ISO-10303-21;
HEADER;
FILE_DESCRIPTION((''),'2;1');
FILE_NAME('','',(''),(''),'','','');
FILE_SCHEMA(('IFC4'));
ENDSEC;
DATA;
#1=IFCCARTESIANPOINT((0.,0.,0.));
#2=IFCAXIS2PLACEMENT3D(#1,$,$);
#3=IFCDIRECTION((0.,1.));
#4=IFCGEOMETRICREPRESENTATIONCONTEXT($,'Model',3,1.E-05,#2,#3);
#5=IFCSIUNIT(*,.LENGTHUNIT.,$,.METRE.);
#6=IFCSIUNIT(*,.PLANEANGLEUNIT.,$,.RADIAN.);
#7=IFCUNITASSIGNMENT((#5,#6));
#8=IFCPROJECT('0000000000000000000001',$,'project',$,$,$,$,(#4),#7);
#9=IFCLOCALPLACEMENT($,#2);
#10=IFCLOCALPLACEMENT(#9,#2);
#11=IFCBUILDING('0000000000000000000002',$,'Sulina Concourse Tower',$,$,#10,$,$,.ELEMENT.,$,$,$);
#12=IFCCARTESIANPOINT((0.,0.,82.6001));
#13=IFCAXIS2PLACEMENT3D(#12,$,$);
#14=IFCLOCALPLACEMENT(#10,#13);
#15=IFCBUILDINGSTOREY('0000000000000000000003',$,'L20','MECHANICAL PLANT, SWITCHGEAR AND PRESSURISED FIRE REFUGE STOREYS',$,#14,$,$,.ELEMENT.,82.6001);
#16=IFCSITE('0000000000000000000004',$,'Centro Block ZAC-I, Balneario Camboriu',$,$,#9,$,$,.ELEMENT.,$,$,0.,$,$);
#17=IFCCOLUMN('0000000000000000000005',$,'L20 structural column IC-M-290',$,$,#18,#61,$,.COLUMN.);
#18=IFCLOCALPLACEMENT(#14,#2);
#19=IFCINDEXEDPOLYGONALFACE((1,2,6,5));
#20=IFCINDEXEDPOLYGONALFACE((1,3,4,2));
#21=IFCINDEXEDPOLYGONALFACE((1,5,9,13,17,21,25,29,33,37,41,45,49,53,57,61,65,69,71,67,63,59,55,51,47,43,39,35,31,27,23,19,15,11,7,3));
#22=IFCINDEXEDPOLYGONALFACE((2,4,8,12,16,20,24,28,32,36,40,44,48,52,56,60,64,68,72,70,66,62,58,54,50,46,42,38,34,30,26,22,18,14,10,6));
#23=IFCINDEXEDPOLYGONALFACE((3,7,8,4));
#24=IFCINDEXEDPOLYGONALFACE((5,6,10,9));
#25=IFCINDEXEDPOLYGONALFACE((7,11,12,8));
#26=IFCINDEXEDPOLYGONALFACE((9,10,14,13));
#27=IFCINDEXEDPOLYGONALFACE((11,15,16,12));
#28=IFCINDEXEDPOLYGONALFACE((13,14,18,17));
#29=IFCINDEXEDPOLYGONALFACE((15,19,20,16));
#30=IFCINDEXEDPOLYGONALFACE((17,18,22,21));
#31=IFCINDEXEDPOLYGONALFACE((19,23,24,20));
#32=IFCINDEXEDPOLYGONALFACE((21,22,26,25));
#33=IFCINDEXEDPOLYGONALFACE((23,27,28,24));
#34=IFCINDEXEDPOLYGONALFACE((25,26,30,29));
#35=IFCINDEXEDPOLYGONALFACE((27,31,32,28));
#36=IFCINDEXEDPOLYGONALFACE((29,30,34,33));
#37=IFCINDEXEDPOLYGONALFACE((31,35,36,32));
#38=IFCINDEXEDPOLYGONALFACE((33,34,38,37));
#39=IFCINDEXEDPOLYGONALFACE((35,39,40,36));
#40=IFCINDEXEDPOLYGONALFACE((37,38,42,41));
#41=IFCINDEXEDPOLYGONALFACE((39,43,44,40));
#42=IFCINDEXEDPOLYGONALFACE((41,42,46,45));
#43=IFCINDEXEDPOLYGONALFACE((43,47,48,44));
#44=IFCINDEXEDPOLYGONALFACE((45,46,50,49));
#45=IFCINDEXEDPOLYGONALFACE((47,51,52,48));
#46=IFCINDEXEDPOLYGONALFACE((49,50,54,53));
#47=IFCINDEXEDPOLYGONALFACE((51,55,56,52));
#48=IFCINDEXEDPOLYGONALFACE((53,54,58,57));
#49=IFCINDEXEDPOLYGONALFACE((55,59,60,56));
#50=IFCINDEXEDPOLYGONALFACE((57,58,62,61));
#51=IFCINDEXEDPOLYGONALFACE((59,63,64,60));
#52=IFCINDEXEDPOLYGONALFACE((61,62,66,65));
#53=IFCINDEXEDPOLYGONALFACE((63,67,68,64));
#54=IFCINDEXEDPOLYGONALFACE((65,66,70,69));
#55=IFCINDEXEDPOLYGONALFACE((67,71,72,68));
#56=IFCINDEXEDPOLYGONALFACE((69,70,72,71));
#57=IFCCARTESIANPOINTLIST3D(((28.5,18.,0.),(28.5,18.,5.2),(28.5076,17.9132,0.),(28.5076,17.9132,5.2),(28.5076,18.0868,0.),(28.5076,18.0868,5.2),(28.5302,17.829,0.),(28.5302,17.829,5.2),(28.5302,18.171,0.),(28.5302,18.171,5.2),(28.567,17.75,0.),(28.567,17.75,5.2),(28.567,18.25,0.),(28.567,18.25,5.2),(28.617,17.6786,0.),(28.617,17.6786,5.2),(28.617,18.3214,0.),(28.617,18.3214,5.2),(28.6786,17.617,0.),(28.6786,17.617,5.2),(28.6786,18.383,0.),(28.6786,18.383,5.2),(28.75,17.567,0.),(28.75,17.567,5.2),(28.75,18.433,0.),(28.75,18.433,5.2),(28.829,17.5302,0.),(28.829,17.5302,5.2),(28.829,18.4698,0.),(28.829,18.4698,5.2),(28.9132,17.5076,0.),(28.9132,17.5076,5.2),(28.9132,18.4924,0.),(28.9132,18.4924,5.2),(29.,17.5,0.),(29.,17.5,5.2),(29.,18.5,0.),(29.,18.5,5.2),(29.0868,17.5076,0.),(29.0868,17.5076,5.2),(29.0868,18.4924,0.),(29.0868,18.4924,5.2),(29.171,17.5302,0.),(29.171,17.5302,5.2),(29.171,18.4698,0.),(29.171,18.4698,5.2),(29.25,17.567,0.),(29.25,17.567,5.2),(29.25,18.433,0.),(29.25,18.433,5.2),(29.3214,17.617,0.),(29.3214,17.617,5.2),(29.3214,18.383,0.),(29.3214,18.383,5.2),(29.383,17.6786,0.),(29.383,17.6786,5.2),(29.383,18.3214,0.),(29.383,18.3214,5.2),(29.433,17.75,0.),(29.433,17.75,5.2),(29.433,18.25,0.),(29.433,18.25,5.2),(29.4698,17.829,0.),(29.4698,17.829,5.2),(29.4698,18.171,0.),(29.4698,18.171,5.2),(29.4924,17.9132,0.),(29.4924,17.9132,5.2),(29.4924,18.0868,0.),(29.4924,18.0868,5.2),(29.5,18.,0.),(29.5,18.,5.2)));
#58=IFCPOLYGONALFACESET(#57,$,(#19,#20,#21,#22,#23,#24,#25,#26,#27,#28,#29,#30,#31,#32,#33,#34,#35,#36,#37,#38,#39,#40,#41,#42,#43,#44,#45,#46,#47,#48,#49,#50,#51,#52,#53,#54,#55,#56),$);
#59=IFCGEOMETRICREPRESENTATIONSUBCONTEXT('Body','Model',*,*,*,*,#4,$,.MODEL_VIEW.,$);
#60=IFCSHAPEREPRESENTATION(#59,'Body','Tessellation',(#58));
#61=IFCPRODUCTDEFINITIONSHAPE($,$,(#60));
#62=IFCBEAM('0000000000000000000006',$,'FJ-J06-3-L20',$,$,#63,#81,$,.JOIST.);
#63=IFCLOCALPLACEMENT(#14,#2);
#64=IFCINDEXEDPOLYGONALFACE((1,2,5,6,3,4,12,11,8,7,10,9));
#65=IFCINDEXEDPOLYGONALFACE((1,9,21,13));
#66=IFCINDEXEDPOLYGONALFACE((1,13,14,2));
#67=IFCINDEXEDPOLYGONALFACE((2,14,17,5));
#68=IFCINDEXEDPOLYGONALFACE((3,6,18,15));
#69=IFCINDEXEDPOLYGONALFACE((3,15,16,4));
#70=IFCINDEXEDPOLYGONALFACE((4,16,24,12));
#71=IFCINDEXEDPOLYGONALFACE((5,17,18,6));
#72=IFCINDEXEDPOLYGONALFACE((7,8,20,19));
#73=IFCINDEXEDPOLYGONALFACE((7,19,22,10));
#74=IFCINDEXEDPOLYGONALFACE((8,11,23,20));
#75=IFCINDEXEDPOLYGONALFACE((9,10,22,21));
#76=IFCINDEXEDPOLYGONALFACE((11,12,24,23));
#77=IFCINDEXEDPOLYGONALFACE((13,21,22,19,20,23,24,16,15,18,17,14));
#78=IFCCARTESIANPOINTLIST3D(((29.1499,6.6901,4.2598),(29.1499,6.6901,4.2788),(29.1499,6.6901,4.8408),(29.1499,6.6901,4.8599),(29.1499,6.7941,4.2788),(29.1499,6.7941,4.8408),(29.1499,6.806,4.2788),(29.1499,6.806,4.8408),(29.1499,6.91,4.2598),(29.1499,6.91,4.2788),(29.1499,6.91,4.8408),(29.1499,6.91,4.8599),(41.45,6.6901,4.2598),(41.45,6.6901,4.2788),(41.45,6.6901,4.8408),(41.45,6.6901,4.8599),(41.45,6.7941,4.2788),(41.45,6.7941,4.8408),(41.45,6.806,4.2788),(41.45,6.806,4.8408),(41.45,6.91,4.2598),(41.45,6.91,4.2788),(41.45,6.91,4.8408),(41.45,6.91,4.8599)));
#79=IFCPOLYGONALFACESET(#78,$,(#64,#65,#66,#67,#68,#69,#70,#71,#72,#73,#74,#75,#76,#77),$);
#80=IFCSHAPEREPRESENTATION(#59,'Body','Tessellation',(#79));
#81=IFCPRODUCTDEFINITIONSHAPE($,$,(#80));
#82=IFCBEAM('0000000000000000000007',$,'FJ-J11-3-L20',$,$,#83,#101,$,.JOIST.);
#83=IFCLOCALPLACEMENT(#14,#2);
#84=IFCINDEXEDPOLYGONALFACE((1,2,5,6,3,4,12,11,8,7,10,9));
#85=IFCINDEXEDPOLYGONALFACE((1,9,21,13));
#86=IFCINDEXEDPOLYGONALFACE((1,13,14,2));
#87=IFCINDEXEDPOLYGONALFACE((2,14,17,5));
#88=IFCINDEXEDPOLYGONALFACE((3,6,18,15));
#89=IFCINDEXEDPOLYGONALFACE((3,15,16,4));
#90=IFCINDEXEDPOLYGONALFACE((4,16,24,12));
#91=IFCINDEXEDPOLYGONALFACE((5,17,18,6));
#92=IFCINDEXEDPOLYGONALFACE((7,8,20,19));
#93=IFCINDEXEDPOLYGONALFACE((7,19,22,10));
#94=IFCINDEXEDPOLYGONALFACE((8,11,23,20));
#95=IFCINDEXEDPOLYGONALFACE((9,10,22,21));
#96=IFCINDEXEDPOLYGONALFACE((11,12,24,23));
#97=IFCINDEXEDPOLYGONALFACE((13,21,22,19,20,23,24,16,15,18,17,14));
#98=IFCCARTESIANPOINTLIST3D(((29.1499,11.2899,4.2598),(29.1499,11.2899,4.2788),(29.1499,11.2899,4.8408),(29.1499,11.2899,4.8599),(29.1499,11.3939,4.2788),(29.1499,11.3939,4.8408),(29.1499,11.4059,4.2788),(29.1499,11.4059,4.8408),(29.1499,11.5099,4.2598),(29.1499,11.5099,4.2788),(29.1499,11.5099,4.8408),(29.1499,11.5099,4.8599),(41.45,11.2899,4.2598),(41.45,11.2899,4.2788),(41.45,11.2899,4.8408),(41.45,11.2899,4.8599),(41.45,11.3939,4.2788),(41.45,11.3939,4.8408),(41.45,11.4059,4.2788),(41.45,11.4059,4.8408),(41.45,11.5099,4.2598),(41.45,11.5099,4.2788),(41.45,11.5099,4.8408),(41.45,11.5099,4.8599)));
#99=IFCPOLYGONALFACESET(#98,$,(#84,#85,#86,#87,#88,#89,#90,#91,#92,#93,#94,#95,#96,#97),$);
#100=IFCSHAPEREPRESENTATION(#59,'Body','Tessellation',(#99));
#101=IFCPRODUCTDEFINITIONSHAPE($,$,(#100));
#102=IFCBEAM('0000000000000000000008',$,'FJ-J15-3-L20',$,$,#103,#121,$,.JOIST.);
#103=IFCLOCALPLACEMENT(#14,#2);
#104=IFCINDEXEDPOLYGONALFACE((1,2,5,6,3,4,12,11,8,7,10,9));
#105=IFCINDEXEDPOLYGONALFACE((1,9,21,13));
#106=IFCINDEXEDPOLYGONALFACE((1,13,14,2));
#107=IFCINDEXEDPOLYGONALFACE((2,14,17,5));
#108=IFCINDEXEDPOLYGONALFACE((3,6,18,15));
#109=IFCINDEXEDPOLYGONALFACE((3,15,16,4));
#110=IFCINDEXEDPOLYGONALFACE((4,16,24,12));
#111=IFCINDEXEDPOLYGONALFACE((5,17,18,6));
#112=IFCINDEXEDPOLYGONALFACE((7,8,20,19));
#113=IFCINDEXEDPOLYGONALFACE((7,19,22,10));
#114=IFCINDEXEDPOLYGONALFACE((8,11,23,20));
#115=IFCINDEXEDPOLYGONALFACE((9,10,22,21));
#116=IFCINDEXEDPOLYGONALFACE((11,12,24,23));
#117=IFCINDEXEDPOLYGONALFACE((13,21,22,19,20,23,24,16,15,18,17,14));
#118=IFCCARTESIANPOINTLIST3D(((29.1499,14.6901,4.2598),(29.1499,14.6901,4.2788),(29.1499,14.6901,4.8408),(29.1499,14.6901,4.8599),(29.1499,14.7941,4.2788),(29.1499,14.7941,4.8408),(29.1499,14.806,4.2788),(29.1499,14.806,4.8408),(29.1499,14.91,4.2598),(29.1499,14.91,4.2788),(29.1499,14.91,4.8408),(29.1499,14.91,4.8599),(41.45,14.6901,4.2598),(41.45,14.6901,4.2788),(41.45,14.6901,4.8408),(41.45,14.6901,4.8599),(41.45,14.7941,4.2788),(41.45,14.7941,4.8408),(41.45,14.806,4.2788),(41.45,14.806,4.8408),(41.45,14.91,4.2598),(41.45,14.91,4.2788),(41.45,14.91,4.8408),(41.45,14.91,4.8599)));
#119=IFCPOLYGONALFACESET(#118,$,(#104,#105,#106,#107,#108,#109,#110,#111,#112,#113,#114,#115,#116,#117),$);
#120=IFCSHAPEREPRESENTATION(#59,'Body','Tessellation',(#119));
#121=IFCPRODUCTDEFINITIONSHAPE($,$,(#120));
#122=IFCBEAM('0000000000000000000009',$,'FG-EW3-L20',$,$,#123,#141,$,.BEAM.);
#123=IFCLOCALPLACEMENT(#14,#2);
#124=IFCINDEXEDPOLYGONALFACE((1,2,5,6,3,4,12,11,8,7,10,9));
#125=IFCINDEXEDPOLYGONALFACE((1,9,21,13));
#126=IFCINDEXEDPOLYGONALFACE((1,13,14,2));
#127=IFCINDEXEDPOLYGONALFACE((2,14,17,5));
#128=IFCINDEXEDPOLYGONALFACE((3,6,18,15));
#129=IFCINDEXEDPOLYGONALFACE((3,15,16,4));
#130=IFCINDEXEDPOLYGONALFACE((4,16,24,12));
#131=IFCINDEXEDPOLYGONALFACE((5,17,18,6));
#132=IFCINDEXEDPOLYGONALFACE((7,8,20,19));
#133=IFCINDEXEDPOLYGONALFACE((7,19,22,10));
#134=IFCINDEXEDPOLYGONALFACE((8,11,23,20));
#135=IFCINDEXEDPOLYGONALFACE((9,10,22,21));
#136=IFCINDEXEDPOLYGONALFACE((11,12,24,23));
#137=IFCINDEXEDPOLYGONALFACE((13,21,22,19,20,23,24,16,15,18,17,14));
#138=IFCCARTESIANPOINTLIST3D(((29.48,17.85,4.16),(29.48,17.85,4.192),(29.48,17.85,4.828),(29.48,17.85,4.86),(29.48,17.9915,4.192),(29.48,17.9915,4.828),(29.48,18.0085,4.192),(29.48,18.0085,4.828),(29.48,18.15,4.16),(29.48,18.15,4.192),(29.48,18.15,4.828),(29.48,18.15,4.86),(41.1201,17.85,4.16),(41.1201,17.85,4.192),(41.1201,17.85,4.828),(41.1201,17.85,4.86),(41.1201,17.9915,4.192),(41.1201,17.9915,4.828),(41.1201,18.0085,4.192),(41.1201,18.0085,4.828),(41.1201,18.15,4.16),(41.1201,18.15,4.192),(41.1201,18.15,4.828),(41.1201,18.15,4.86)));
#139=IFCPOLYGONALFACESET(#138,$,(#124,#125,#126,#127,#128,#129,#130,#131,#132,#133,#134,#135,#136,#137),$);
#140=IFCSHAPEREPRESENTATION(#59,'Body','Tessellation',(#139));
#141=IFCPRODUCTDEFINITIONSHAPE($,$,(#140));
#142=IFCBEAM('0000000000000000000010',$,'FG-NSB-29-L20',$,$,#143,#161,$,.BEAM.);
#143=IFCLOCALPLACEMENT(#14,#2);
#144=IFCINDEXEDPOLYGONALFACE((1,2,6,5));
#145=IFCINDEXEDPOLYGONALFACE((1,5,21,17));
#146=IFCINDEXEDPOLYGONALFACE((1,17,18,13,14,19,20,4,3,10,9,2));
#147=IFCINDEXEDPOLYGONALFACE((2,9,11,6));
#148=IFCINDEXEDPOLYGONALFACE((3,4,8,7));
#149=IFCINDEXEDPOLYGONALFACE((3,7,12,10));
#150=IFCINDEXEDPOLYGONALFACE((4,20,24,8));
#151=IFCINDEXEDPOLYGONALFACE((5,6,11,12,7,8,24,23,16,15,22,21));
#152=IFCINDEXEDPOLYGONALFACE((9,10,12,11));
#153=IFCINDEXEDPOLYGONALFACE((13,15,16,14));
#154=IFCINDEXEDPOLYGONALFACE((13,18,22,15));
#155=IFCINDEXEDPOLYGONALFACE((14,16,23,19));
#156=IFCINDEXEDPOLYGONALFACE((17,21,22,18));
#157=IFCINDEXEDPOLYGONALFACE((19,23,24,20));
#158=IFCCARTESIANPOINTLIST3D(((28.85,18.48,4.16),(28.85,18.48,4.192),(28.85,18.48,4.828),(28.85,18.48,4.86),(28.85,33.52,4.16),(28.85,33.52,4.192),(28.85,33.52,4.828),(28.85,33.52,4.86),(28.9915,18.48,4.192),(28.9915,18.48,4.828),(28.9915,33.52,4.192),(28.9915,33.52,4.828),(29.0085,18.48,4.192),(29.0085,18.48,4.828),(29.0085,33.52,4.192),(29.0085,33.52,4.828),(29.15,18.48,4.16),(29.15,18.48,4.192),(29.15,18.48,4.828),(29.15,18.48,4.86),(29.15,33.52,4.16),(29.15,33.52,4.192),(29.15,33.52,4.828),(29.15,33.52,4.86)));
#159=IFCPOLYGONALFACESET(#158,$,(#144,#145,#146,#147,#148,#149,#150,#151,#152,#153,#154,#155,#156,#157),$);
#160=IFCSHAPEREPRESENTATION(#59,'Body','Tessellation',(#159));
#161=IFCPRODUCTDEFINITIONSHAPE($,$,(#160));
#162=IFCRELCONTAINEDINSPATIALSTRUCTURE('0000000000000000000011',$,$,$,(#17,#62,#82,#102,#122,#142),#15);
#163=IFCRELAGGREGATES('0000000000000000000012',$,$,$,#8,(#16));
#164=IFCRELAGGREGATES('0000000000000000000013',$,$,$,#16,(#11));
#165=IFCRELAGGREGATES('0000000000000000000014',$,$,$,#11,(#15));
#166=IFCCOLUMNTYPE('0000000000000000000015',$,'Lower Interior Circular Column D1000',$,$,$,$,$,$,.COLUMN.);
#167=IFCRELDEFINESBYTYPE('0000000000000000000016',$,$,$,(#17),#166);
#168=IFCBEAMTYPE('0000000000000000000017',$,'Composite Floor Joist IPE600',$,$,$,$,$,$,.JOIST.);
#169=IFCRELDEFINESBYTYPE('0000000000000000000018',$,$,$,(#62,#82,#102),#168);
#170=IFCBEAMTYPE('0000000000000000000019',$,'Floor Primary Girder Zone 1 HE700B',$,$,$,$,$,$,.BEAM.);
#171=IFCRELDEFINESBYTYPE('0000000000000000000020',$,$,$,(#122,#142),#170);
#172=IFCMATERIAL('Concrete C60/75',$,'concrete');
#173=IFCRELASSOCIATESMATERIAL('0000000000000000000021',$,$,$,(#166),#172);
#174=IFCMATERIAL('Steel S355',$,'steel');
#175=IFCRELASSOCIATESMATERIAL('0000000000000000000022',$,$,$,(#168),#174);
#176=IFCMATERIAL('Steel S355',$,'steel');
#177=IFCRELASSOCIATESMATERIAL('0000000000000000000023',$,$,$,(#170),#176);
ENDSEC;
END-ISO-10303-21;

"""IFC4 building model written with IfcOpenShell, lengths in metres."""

from ifc_helpers import new_model, si_unit, direction, frame, origin, origin_2d, place, context, subcontext, project, spatial, circle, i_section, extrude, material, material_profile, profile_set, type_object, element, save


model = new_model("IFC4")

# Units and contexts
model_context = context("Model", 3, precision=1e-05, world=origin(), true_north=direction((0.0, 1.0)))
body_context = subcontext(model_context, "Body", "Model", "MODEL_VIEW")
ifc_project = project(units=[si_unit("LENGTHUNIT", "METRE"), si_unit("PLANEANGLEUNIT", "RADIAN")], contexts=[model_context])

# Site, building, storey
site_placement = place(None, origin())
site = spatial("IfcSite", under=ifc_project, at=site_placement, Name="Centro Block ZAC-I, Balneario Camboriu", CompositionType="ELEMENT", RefElevation=0.0)
building_placement = place(site_placement, origin())
building = spatial("IfcBuilding", under=site, at=building_placement, Name="Sulina Concourse Tower", CompositionType="ELEMENT")
storey_placement = place(building_placement, frame((0.0, 0.0, 82.6001)))
storey = spatial("IfcBuildingStorey", under=building, at=storey_placement, Name="L20", Description="MECHANICAL PLANT, SWITCHGEAR AND PRESSURISED FIRE REFUGE STOREYS", CompositionType="ELEMENT", Elevation=82.6001)

# Column
ifc_material_1 = material(Name="Concrete C60/75", Category="concrete")
ifc_material_profile_1 = material_profile(ifc_material_1, circle(Radius=0.5, at=origin_2d()), Name="RC D1000")
ifc_profile_set_1 = profile_set([ifc_material_profile_1], Name="Concrete C60/75")
column_type = type_object("IfcColumnType", Name="Lower Interior Circular Column D1000", PredefinedType="COLUMN", material=ifc_profile_set_1)
column_placement = place(storey_placement, frame((29.0, 18.0, 0.0), z_axis=(0.0, 0.0, 1.0), x_axis=(1.0, 0.0, 0.0)))
element("IfcColumn", 1, at=column_placement, inside=storey, type_object=column_type, Name="L20 structural column IC-M-290", PredefinedType="COLUMN", context=body_context, shape_type="SweptSolid", body=[
    extrude(circle(Radius=0.5, at=origin_2d()), origin(), (0.0, 0.0, 1.0), 5.2),
])

# Beams
ifc_material_2 = material(Name="Steel S355", Category="steel")
ifc_material_profile_2 = material_profile(ifc_material_2, i_section(OverallWidth=0.22, OverallDepth=0.6001, WebThickness=0.012, FlangeThickness=0.019, at=origin_2d()), Name="IPE 600")
ifc_profile_set_2 = profile_set([ifc_material_profile_2], Name="Steel S355")
beam_type_1 = type_object("IfcBeamType", Name="Composite Floor Joist IPE600", PredefinedType="JOIST", material=ifc_profile_set_2)
for number, where, z_axis, x_axis, name in (
    (2, (29.1499, 6.8, 4.5598), (1.0, 0.0, 0.0), (0.0, 1.0, 0.0), "FJ-J06-3-L20"),
    (3, (29.1499, 11.3999, 4.5598), (1.0, 0.0, 0.0), (0.0, 1.0, 0.0), "FJ-J11-3-L20"),
    (4, (29.1499, 14.8, 4.5598), (1.0, 0.0, 0.0), (0.0, 1.0, 0.0), "FJ-J15-3-L20"),
):
    element("IfcBeam", number, at=place(storey_placement, frame(where, z_axis=z_axis, x_axis=x_axis)), inside=storey, type_object=beam_type_1, Name=name, PredefinedType="JOIST", context=body_context, shape_type="SweptSolid", body=[
        extrude(i_section(OverallWidth=0.22, OverallDepth=0.6001, WebThickness=0.012, FlangeThickness=0.019, at=origin_2d()), origin(), (0.0, 0.0, 1.0), 12.3),
    ])
ifc_material_3 = material(Name="Steel S355", Category="steel")
ifc_material_profile_3 = material_profile(ifc_material_3, i_section(OverallWidth=0.3, OverallDepth=0.7, WebThickness=0.0171, FlangeThickness=0.032, at=origin_2d()), Name="HE 700 B")
ifc_profile_set_3 = profile_set([ifc_material_profile_3], Name="Steel S355")
beam_type_2 = type_object("IfcBeamType", Name="Floor Primary Girder Zone 1 HE700B", PredefinedType="BEAM", material=ifc_profile_set_3)
beam_1_placement = place(storey_placement, frame((29.48, 18.0, 4.51), z_axis=(1.0, 0.0, 0.0), x_axis=(0.0, 1.0, 0.0)))
element("IfcBeam", 5, at=beam_1_placement, inside=storey, type_object=beam_type_2, Name="FG-EW3-L20", PredefinedType="BEAM", context=body_context, shape_type="SweptSolid", body=[
    extrude(i_section(OverallWidth=0.3, OverallDepth=0.7, WebThickness=0.0171, FlangeThickness=0.032, at=origin_2d()), origin(), (0.0, 0.0, 1.0), 11.6401),
])
beam_2_placement = place(storey_placement, frame((29.0, 18.48, 4.51), z_axis=(0.0, 1.0, 0.0), x_axis=(-1.0, 0.0, 0.0)))
element("IfcBeam", 6, at=beam_2_placement, inside=storey, type_object=beam_type_2, Name="FG-NSB-29-L20", PredefinedType="BEAM", context=body_context, shape_type="SweptSolid", body=[
    extrude(i_section(OverallWidth=0.3, OverallDepth=0.7, WebThickness=0.0171, FlangeThickness=0.032, at=origin_2d()), origin(), (0.0, 0.0, 1.0), 15.04),
])

save(model, "model.ifc")
